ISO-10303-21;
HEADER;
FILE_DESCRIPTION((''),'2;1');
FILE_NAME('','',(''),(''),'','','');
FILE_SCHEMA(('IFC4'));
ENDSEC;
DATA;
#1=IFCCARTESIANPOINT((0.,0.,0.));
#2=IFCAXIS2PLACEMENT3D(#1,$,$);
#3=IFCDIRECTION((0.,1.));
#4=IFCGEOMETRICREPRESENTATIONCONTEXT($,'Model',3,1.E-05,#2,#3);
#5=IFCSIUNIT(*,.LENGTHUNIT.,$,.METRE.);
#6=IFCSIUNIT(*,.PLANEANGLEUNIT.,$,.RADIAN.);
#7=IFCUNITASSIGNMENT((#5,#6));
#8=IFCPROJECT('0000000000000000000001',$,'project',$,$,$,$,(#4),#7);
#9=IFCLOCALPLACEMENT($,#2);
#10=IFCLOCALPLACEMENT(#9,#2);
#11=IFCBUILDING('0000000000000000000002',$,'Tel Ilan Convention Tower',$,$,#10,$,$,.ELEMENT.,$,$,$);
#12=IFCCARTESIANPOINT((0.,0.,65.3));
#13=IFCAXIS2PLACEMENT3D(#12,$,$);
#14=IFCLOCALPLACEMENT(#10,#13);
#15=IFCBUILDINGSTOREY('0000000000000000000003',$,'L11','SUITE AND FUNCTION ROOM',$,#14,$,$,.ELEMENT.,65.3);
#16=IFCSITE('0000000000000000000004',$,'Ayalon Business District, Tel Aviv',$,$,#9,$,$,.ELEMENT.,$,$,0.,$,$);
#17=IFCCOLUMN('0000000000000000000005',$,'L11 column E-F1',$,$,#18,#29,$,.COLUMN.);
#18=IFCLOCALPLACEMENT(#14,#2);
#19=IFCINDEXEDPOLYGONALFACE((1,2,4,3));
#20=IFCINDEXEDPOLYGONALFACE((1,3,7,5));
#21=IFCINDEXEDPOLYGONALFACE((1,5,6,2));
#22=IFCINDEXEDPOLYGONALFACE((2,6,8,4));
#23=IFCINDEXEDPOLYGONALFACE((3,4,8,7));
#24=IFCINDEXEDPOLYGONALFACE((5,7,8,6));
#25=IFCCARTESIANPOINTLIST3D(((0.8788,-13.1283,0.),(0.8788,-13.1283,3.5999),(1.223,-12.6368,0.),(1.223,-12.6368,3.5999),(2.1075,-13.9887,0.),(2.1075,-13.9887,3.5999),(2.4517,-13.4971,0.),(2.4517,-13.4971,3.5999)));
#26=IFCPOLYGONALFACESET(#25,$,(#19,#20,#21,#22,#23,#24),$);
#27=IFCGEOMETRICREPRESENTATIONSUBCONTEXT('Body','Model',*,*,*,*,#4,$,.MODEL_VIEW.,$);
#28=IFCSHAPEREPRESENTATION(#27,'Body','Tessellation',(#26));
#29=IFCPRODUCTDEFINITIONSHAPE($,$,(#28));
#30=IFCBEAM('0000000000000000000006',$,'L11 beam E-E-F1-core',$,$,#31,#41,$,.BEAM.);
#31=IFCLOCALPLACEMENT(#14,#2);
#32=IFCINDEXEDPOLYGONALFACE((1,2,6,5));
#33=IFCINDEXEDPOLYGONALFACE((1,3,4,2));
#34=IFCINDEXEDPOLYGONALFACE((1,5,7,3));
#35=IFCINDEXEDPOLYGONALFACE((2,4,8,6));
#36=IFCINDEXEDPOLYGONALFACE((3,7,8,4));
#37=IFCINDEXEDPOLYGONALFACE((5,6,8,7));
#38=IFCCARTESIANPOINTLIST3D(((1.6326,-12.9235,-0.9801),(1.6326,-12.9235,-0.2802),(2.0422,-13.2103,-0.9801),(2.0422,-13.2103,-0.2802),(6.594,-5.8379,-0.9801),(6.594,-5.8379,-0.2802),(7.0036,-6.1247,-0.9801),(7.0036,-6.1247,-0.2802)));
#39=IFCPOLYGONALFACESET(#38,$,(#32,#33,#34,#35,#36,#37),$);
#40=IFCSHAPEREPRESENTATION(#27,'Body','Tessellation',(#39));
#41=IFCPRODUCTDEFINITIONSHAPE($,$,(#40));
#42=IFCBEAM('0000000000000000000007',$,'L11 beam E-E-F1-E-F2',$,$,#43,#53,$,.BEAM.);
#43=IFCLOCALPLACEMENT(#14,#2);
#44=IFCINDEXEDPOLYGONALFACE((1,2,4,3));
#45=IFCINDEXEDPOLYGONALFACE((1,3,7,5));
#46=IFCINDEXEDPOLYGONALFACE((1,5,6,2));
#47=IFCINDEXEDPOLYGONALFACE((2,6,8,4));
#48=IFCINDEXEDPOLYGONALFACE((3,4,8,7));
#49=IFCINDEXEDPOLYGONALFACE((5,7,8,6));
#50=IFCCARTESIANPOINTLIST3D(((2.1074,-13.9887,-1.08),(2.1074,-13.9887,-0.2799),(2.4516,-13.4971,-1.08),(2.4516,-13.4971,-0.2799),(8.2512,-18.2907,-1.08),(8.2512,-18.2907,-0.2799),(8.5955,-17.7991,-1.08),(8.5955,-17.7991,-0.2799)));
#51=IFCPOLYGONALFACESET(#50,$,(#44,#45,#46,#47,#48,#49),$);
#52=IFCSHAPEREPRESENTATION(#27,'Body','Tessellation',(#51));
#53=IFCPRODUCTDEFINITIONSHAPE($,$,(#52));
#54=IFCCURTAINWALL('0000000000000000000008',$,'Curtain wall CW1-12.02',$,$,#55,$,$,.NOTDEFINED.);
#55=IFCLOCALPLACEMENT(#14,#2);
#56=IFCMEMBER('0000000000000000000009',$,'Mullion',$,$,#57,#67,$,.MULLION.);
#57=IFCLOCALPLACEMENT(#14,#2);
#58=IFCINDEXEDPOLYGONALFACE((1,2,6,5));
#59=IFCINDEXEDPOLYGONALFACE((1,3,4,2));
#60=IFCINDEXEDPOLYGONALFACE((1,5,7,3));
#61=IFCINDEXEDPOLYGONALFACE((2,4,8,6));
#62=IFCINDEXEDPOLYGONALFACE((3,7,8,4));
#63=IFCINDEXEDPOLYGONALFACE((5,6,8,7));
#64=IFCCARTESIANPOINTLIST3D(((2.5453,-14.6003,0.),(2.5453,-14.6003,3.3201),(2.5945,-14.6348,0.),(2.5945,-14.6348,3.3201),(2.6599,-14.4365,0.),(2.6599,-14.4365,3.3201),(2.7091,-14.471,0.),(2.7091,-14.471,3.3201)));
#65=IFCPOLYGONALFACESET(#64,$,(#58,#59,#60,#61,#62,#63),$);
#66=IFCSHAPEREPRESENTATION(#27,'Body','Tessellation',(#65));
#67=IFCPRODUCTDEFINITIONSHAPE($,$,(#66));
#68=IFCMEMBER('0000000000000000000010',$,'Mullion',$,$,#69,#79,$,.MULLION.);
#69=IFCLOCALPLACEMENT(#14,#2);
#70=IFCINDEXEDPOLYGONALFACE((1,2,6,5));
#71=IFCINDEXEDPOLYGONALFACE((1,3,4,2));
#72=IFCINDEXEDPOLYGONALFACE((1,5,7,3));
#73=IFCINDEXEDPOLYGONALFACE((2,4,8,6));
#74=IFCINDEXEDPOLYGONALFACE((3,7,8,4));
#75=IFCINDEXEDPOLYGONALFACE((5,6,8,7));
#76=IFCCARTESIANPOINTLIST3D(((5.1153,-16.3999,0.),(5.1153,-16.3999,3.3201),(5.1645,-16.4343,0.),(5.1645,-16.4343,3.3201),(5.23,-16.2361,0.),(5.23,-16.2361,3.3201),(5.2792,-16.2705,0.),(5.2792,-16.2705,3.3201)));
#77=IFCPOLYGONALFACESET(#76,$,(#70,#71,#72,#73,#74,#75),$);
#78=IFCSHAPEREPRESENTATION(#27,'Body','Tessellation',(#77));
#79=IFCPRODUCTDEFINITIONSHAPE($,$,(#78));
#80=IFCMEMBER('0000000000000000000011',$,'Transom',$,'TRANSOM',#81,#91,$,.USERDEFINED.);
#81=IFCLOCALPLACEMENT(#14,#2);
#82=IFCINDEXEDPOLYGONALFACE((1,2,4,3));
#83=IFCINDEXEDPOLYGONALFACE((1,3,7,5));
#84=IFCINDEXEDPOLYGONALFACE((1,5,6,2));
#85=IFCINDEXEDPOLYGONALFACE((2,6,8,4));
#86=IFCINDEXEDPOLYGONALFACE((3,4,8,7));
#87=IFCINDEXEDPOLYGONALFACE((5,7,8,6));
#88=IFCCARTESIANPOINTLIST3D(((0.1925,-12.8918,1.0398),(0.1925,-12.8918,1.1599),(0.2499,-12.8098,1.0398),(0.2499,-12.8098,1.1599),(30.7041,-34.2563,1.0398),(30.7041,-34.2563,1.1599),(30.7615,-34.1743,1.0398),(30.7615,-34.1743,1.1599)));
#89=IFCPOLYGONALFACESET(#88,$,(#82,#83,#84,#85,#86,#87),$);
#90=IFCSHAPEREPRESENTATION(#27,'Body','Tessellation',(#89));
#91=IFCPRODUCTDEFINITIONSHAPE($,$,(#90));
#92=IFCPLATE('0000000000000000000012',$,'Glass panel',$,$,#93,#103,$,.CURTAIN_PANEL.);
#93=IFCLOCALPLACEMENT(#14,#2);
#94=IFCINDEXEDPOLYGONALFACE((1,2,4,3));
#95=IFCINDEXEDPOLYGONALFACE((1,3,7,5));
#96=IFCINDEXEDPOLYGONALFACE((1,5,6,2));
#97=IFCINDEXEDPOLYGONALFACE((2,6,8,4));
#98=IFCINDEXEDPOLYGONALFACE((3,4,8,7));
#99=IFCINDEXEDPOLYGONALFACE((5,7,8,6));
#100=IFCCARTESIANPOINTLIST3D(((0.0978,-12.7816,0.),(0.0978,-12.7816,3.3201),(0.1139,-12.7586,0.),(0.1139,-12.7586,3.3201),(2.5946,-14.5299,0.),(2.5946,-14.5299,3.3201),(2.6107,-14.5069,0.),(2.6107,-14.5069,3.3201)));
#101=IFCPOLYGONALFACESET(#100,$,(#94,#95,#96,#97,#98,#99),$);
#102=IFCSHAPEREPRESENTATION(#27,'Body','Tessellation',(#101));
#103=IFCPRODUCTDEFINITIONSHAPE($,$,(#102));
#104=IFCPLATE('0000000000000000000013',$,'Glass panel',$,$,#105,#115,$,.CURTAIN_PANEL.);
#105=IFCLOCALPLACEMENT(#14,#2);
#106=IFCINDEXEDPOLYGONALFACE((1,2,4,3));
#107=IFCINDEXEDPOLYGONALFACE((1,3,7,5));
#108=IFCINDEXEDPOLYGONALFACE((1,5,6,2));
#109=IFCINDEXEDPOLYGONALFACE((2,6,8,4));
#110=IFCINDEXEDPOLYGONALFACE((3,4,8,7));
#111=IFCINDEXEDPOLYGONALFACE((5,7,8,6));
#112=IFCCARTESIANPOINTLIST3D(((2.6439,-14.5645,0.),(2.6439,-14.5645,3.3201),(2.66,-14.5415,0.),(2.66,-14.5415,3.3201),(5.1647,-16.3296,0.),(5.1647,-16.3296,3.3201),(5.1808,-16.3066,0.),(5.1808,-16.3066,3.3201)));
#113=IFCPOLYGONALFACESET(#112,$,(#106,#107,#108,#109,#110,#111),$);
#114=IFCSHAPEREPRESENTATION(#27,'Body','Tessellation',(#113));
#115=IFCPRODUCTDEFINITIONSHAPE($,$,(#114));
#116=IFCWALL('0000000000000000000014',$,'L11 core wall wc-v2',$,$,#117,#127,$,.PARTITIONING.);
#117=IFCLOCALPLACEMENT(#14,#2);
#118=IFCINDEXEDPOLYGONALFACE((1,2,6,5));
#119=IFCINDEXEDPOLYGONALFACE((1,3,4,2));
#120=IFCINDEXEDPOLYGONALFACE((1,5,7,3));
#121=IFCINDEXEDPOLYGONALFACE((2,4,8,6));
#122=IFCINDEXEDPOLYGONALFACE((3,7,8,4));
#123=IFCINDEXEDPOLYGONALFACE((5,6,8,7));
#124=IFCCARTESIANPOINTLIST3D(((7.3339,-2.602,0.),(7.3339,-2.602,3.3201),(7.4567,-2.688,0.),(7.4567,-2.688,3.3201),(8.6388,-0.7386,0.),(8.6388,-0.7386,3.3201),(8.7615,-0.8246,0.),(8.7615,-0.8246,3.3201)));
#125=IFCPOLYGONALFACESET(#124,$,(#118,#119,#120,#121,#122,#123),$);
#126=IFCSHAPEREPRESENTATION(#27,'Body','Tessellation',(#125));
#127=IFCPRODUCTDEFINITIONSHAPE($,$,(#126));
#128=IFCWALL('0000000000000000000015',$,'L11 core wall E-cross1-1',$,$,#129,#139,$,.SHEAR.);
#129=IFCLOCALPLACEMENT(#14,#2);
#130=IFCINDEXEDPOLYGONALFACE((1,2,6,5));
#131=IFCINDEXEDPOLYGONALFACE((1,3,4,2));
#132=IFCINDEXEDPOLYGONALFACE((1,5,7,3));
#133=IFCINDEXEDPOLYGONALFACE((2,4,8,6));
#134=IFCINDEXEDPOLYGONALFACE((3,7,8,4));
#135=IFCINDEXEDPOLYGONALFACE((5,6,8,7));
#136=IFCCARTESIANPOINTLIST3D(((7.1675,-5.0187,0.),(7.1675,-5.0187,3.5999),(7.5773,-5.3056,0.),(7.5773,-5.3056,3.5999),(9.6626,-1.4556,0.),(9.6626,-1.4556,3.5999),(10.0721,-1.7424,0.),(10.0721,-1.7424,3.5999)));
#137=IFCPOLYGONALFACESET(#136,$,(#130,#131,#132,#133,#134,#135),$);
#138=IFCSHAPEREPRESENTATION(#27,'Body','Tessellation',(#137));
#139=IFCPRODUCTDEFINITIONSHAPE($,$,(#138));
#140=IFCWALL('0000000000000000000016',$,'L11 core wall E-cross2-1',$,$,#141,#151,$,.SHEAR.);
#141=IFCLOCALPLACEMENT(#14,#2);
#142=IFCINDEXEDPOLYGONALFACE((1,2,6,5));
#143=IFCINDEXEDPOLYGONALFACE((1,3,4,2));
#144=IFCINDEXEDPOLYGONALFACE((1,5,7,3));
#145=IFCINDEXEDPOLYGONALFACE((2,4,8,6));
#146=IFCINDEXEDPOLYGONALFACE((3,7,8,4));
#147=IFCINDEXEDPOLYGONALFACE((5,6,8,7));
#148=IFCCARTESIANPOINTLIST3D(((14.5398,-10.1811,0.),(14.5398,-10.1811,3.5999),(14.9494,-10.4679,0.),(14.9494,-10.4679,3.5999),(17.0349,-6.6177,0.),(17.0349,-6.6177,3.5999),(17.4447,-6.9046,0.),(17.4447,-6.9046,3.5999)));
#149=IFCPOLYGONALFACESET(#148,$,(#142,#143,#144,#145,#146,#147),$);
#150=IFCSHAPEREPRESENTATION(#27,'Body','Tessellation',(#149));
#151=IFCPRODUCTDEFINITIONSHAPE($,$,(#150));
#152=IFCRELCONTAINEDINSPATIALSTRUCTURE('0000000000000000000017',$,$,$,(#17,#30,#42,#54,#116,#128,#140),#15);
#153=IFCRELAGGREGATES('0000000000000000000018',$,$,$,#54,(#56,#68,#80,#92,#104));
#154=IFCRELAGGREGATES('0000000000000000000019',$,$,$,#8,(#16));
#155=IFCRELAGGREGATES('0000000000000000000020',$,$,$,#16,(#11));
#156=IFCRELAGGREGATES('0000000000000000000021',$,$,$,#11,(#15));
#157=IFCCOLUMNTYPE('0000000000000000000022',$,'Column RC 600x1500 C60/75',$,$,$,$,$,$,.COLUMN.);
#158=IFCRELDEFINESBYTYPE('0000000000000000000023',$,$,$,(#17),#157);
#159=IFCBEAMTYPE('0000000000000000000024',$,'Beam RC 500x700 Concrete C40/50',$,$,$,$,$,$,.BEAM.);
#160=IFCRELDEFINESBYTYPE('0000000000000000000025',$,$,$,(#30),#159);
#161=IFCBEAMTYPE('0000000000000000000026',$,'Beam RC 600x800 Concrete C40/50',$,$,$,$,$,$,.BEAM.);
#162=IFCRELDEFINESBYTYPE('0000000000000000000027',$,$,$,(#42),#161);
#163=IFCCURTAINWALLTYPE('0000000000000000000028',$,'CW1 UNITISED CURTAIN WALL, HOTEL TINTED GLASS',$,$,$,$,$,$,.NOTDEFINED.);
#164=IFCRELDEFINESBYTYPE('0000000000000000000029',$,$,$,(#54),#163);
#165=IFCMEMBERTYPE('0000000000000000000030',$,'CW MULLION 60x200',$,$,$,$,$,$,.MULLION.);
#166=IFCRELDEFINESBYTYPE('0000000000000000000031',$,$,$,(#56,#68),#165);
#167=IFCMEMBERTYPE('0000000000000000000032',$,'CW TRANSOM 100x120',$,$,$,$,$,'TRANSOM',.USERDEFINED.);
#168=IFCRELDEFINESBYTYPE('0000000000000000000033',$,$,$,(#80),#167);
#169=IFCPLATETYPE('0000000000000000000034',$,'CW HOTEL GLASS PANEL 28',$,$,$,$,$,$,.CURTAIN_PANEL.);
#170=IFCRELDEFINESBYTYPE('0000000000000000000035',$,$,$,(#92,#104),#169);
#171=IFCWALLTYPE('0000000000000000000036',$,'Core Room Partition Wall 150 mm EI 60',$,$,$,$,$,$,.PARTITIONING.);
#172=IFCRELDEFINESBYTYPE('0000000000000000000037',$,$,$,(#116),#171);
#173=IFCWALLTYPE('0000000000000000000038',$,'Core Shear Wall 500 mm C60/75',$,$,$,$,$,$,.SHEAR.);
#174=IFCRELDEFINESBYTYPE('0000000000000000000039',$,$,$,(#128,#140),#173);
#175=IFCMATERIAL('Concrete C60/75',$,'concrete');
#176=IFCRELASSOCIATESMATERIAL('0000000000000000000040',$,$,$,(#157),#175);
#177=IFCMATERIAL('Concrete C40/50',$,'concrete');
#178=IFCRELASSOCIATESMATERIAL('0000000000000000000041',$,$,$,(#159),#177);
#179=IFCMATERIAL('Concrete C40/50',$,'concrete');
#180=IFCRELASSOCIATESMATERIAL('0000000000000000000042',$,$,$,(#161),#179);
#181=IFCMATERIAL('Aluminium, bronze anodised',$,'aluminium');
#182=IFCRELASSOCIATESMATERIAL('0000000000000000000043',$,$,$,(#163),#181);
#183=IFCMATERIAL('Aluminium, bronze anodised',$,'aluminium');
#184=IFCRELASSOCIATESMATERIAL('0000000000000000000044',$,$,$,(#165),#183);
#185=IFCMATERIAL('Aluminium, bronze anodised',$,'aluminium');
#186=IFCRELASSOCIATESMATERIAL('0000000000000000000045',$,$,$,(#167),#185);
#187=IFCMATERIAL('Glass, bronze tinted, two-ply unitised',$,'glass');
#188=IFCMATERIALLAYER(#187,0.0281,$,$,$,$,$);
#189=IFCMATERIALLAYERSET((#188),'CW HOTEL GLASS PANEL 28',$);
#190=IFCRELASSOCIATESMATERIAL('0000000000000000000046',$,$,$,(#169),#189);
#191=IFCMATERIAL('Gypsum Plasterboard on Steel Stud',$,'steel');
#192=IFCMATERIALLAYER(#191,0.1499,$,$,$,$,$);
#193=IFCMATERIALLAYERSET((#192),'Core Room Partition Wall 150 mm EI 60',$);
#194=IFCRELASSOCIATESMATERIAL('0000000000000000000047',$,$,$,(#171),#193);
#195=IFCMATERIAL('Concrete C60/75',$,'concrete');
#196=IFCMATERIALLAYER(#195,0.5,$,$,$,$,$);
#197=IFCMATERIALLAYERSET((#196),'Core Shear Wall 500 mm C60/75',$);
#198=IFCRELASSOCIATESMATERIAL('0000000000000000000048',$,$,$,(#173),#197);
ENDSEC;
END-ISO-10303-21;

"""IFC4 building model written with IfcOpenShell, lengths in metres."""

from ifc_helpers import new_model, si_unit, direction, frame, frame_2d, origin, origin_2d, place, context, subcontext, project, spatial, polyline, rectangle, outline, extrude, material, layer, layer_set, material_profile, profile_set, type_object, element, aggregate, save


model = new_model("IFC4")

# Units and contexts
model_context = context("Model", 3, precision=1e-05, world=origin(), true_north=direction((0.0, 1.0)))
body_context = subcontext(model_context, "Body", "Model", "MODEL_VIEW")
ifc_project = project(units=[si_unit("LENGTHUNIT", "METRE"), si_unit("PLANEANGLEUNIT", "RADIAN")], contexts=[model_context])

# Site, building, storey
site_placement = place(None, origin())
site = spatial("IfcSite", under=ifc_project, at=site_placement, Name="Ayalon Business District, Tel Aviv", CompositionType="ELEMENT", RefElevation=0.0)
building_placement = place(site_placement, origin())
building = spatial("IfcBuilding", under=site, at=building_placement, Name="Tel Ilan Convention Tower", CompositionType="ELEMENT")
storey_placement = place(building_placement, frame((0.0, 0.0, 65.3)))
storey = spatial("IfcBuildingStorey", under=building, at=storey_placement, Name="L11", Description="SUITE AND FUNCTION ROOM", CompositionType="ELEMENT", Elevation=65.3)

# Column
ifc_material_1 = material(Name="Concrete C60/75", Category="concrete")
ifc_material_profile_1 = material_profile(ifc_material_1, rectangle(XDim=1.5, YDim=0.6001, at=origin_2d()), Name="RC 600x1500")
ifc_profile_set_1 = profile_set([ifc_material_profile_1], Name="Concrete C60/75")
column_type = type_object("IfcColumnType", Name="Column RC 600x1500 C60/75", PredefinedType="COLUMN", material=ifc_profile_set_1)
column_placement = place(storey_placement, frame((1.6653, -13.3127, 0.0), z_axis=(0.0, 0.0, 1.0), x_axis=(0.819152, -0.573576, 0.0)))
element("IfcColumn", 1, at=column_placement, inside=storey, type_object=column_type, Name="L11 column E-F1", PredefinedType="COLUMN", context=body_context, shape_type="SweptSolid", body=[
    extrude(rectangle(XDim=1.5, YDim=0.6001, at=origin_2d()), origin(), (0.0, 0.0, 1.0), 3.5999),
])

# Beams
ifc_material_2 = material(Name="Concrete C40/50", Category="concrete")
ifc_material_profile_2 = material_profile(ifc_material_2, rectangle(XDim=0.5, YDim=0.7, at=origin_2d()), Name="RC 500x700")
ifc_profile_set_2 = profile_set([ifc_material_profile_2], Name="Concrete C40/50")
beam_type_1 = type_object("IfcBeamType", Name="Beam RC 500x700 Concrete C40/50", PredefinedType="BEAM", material=ifc_profile_set_2)
beam_1_placement = place(storey_placement, frame((1.8374, -13.0669, -0.6301), z_axis=(0.573574, 0.819154, 0.0), x_axis=(-0.819154, 0.573574, 0.0)))
element("IfcBeam", 2, at=beam_1_placement, inside=storey, type_object=beam_type_1, Name="L11 beam E-E-F1-core", PredefinedType="BEAM", context=body_context, shape_type="SweptSolid", body=[
    extrude(rectangle(XDim=0.5, YDim=0.7, at=origin_2d()), origin(), (0.0, 0.0, 1.0), 8.6499),
])
ifc_material_3 = material(Name="Concrete C40/50", Category="concrete")
ifc_material_profile_3 = material_profile(ifc_material_3, rectangle(XDim=0.6001, YDim=0.8, at=origin_2d()), Name="RC 600x800")
ifc_profile_set_3 = profile_set([ifc_material_profile_3], Name="Concrete C40/50")
beam_type_2 = type_object("IfcBeamType", Name="Beam RC 600x800 Concrete C40/50", PredefinedType="BEAM", material=ifc_profile_set_3)
beam_2_placement = place(storey_placement, frame((2.2795, -13.7429, -0.6799), z_axis=(0.819148, -0.573582, 0.0), x_axis=(0.573582, 0.819148, 0.0)))
element("IfcBeam", 3, at=beam_2_placement, inside=storey, type_object=beam_type_2, Name="L11 beam E-E-F1-E-F2", PredefinedType="BEAM", context=body_context, shape_type="SweptSolid", body=[
    extrude(rectangle(XDim=0.6001, YDim=0.8, at=origin_2d()), origin(), (0.0, 0.0, 1.0), 7.5002),
])

# Curtain wall, members, plates
ifc_material_4 = material(Name="Aluminium, bronze anodised", Category="aluminium")
curtain_wall_type = type_object("IfcCurtainWallType", Name="CW1 UNITISED CURTAIN WALL, HOTEL TINTED GLASS", PredefinedType="NOTDEFINED", material=ifc_material_4)
curtain_wall_placement = place(storey_placement, origin())
curtain_wall = element("IfcCurtainWall", 4, at=curtain_wall_placement, inside=storey, type_object=curtain_wall_type, Name="Curtain wall CW1-12.02", PredefinedType="NOTDEFINED")
ifc_material_5 = material(Name="Aluminium, bronze anodised", Category="aluminium")
ifc_material_profile_4 = material_profile(ifc_material_5, rectangle(XDim=0.0601, YDim=0.2, at=origin_2d()), Name="CW MULLION 60x200")
ifc_profile_set_4 = profile_set([ifc_material_profile_4], Name="Aluminium, bronze anodised")
member_type_1 = type_object("IfcMemberType", Name="CW MULLION 60x200", PredefinedType="MULLION", material=ifc_profile_set_4)
member_1_placement = place(storey_placement, frame((2.6272, -14.5356, 0.0), z_axis=(0.0, 0.0, 1.0), x_axis=(0.819152, -0.573576, 0.0)))
member_1 = element("IfcMember", 5, at=member_1_placement, type_object=member_type_1, Name="Mullion", PredefinedType="MULLION", context=body_context, shape_type="SweptSolid", body=[
    extrude(rectangle(XDim=0.0601, YDim=0.2, at=origin_2d()), origin(), (0.0, 0.0, 1.0), 3.3201),
])
member_2_placement = place(storey_placement, frame((5.1973, -16.3352, 0.0), z_axis=(0.0, 0.0, 1.0), x_axis=(0.819152, -0.573576, 0.0)))
member_2 = element("IfcMember", 6, at=member_2_placement, type_object=member_type_1, Name="Mullion", PredefinedType="MULLION", context=body_context, shape_type="SweptSolid", body=[
    extrude(rectangle(XDim=0.0601, YDim=0.2, at=origin_2d()), origin(), (0.0, 0.0, 1.0), 3.3201),
])
ifc_material_6 = material(Name="Aluminium, bronze anodised", Category="aluminium")
ifc_material_profile_5 = material_profile(ifc_material_6, rectangle(XDim=0.1001, YDim=0.1201, at=origin_2d()), Name="CW TRANSOM 100x120")
ifc_profile_set_5 = profile_set([ifc_material_profile_5], Name="Aluminium, bronze anodised")
member_type_2 = type_object("IfcMemberType", Name="CW TRANSOM 100x120", ElementType="TRANSOM", PredefinedType="USERDEFINED", material=ifc_profile_set_5)
member_3_placement = place(storey_placement, frame((0.2212, -12.8508, 1.0999), z_axis=(0.819152, -0.573576, 0.0), x_axis=(0.573576, 0.819152, 0.0)))
member_3 = element("IfcMember", 7, at=member_3_placement, type_object=member_type_2, Name="Transom", ObjectType="TRANSOM", PredefinedType="USERDEFINED", context=body_context, shape_type="SweptSolid", body=[
    extrude(rectangle(XDim=0.1001, YDim=0.1201, at=origin_2d()), origin(), (0.0, 0.0, 1.0), 37.2478),
])
ifc_material_7 = material(Name="Glass, bronze tinted, two-ply unitised", Category="glass")
ifc_layer_1 = layer(ifc_material_7, 0.0281)
ifc_layer_set_1 = layer_set([ifc_layer_1], Name="CW HOTEL GLASS PANEL 28")
plate_type = type_object("IfcPlateType", Name="CW HOTEL GLASS PANEL 28", PredefinedType="CURTAIN_PANEL", material=ifc_layer_set_1)
plate_1_placement = place(storey_placement, frame((1.3542, -13.6443, 0.0), z_axis=(0.0, 0.0, 1.0), x_axis=(0.819152, -0.573576, 0.0)))
plate_1 = element("IfcPlate", 8, at=plate_1_placement, type_object=plate_type, Name="Glass panel", PredefinedType="CURTAIN_PANEL", context=body_context, shape_type="SweptSolid", body=[
    extrude(rectangle(XDim=3.0481, YDim=0.0281, at=origin_2d()), origin(), (0.0, 0.0, 1.0), 3.3201),
])
plate_2_placement = place(storey_placement, frame((3.9124, -15.4355, 0.0), z_axis=(0.0, 0.0, 1.0), x_axis=(0.819152, -0.573576, 0.0)))
plate_2 = element("IfcPlate", 9, at=plate_2_placement, type_object=plate_type, Name="Glass panel", PredefinedType="CURTAIN_PANEL", context=body_context, shape_type="SweptSolid", body=[
    extrude(rectangle(XDim=3.0774, YDim=0.0281, at=origin_2d()), origin(), (0.0, 0.0, 1.0), 3.3201),
])
aggregate(curtain_wall, [member_1, member_2, member_3, plate_1, plate_2])

# Walls
ifc_material_8 = material(Name="Gypsum Plasterboard on Steel Stud", Category="steel")
ifc_layer_2 = layer(ifc_material_8, 0.1499)
ifc_layer_set_2 = layer_set([ifc_layer_2], Name="Core Room Partition Wall 150 mm EI 60")
wall_type_1 = type_object("IfcWallType", Name="Core Room Partition Wall 150 mm EI 60", PredefinedType="PARTITIONING", material=ifc_layer_set_2)
wall_1_placement = place(storey_placement, frame((7.3953, -2.645, 0.0), z_axis=(0.0, 0.0, 1.0), x_axis=(0.573599, 0.819136, 0.0)))
element("IfcWall", 10, at=wall_1_placement, inside=storey, type_object=wall_type_1, Name="L11 core wall wc-v2", PredefinedType="PARTITIONING", context=body_context, shape_type="SweptSolid", body=[
    extrude(rectangle(XDim=2.2749, YDim=0.1499, at=frame_2d((1.1375, 0.0))), origin(), (0.0, 0.0, 1.0), 3.3201),
])
ifc_material_9 = material(Name="Concrete C60/75", Category="concrete")
ifc_layer_3 = layer(ifc_material_9, 0.5)
ifc_layer_set_3 = layer_set([ifc_layer_3], Name="Core Shear Wall 500 mm C60/75")
wall_type_2 = type_object("IfcWallType", Name="Core Shear Wall 500 mm C60/75", PredefinedType="SHEAR", material=ifc_layer_set_3)
wall_2_placement = place(storey_placement, frame((7.3723, -5.1621, 0.0), z_axis=(0.0, 0.0, 1.0), x_axis=(0.573594, 0.81914, 0.0)))
element("IfcWall", 11, at=wall_2_placement, inside=storey, type_object=wall_type_2, Name="L11 core wall E-cross1-1", PredefinedType="SHEAR", context=body_context, shape_type="SweptSolid", body=[
    extrude(outline(polyline([(0.0, 0.25), (0.0, -0.2502), (4.3499, -0.25), (4.3499, 0.25), (0.0, 0.25)])), origin(), (0.0, 0.0, 1.0), 3.5999),
])
wall_3_placement = place(storey_placement, frame((14.7446, -10.3245, 0.0), z_axis=(0.0, 0.0, 1.0), x_axis=(0.573568, 0.819158, 0.0)))
element("IfcWall", 12, at=wall_3_placement, inside=storey, type_object=wall_type_2, Name="L11 core wall E-cross2-1", PredefinedType="SHEAR", context=body_context, shape_type="SweptSolid", body=[
    extrude(outline(polyline([(0.0, 0.25), (0.0, -0.25), (4.3501, -0.2502), (4.3501, 0.25), (0.0, 0.25)])), origin(), (0.0, 0.0, 1.0), 3.5999),
])

save(model, "model.ifc")
